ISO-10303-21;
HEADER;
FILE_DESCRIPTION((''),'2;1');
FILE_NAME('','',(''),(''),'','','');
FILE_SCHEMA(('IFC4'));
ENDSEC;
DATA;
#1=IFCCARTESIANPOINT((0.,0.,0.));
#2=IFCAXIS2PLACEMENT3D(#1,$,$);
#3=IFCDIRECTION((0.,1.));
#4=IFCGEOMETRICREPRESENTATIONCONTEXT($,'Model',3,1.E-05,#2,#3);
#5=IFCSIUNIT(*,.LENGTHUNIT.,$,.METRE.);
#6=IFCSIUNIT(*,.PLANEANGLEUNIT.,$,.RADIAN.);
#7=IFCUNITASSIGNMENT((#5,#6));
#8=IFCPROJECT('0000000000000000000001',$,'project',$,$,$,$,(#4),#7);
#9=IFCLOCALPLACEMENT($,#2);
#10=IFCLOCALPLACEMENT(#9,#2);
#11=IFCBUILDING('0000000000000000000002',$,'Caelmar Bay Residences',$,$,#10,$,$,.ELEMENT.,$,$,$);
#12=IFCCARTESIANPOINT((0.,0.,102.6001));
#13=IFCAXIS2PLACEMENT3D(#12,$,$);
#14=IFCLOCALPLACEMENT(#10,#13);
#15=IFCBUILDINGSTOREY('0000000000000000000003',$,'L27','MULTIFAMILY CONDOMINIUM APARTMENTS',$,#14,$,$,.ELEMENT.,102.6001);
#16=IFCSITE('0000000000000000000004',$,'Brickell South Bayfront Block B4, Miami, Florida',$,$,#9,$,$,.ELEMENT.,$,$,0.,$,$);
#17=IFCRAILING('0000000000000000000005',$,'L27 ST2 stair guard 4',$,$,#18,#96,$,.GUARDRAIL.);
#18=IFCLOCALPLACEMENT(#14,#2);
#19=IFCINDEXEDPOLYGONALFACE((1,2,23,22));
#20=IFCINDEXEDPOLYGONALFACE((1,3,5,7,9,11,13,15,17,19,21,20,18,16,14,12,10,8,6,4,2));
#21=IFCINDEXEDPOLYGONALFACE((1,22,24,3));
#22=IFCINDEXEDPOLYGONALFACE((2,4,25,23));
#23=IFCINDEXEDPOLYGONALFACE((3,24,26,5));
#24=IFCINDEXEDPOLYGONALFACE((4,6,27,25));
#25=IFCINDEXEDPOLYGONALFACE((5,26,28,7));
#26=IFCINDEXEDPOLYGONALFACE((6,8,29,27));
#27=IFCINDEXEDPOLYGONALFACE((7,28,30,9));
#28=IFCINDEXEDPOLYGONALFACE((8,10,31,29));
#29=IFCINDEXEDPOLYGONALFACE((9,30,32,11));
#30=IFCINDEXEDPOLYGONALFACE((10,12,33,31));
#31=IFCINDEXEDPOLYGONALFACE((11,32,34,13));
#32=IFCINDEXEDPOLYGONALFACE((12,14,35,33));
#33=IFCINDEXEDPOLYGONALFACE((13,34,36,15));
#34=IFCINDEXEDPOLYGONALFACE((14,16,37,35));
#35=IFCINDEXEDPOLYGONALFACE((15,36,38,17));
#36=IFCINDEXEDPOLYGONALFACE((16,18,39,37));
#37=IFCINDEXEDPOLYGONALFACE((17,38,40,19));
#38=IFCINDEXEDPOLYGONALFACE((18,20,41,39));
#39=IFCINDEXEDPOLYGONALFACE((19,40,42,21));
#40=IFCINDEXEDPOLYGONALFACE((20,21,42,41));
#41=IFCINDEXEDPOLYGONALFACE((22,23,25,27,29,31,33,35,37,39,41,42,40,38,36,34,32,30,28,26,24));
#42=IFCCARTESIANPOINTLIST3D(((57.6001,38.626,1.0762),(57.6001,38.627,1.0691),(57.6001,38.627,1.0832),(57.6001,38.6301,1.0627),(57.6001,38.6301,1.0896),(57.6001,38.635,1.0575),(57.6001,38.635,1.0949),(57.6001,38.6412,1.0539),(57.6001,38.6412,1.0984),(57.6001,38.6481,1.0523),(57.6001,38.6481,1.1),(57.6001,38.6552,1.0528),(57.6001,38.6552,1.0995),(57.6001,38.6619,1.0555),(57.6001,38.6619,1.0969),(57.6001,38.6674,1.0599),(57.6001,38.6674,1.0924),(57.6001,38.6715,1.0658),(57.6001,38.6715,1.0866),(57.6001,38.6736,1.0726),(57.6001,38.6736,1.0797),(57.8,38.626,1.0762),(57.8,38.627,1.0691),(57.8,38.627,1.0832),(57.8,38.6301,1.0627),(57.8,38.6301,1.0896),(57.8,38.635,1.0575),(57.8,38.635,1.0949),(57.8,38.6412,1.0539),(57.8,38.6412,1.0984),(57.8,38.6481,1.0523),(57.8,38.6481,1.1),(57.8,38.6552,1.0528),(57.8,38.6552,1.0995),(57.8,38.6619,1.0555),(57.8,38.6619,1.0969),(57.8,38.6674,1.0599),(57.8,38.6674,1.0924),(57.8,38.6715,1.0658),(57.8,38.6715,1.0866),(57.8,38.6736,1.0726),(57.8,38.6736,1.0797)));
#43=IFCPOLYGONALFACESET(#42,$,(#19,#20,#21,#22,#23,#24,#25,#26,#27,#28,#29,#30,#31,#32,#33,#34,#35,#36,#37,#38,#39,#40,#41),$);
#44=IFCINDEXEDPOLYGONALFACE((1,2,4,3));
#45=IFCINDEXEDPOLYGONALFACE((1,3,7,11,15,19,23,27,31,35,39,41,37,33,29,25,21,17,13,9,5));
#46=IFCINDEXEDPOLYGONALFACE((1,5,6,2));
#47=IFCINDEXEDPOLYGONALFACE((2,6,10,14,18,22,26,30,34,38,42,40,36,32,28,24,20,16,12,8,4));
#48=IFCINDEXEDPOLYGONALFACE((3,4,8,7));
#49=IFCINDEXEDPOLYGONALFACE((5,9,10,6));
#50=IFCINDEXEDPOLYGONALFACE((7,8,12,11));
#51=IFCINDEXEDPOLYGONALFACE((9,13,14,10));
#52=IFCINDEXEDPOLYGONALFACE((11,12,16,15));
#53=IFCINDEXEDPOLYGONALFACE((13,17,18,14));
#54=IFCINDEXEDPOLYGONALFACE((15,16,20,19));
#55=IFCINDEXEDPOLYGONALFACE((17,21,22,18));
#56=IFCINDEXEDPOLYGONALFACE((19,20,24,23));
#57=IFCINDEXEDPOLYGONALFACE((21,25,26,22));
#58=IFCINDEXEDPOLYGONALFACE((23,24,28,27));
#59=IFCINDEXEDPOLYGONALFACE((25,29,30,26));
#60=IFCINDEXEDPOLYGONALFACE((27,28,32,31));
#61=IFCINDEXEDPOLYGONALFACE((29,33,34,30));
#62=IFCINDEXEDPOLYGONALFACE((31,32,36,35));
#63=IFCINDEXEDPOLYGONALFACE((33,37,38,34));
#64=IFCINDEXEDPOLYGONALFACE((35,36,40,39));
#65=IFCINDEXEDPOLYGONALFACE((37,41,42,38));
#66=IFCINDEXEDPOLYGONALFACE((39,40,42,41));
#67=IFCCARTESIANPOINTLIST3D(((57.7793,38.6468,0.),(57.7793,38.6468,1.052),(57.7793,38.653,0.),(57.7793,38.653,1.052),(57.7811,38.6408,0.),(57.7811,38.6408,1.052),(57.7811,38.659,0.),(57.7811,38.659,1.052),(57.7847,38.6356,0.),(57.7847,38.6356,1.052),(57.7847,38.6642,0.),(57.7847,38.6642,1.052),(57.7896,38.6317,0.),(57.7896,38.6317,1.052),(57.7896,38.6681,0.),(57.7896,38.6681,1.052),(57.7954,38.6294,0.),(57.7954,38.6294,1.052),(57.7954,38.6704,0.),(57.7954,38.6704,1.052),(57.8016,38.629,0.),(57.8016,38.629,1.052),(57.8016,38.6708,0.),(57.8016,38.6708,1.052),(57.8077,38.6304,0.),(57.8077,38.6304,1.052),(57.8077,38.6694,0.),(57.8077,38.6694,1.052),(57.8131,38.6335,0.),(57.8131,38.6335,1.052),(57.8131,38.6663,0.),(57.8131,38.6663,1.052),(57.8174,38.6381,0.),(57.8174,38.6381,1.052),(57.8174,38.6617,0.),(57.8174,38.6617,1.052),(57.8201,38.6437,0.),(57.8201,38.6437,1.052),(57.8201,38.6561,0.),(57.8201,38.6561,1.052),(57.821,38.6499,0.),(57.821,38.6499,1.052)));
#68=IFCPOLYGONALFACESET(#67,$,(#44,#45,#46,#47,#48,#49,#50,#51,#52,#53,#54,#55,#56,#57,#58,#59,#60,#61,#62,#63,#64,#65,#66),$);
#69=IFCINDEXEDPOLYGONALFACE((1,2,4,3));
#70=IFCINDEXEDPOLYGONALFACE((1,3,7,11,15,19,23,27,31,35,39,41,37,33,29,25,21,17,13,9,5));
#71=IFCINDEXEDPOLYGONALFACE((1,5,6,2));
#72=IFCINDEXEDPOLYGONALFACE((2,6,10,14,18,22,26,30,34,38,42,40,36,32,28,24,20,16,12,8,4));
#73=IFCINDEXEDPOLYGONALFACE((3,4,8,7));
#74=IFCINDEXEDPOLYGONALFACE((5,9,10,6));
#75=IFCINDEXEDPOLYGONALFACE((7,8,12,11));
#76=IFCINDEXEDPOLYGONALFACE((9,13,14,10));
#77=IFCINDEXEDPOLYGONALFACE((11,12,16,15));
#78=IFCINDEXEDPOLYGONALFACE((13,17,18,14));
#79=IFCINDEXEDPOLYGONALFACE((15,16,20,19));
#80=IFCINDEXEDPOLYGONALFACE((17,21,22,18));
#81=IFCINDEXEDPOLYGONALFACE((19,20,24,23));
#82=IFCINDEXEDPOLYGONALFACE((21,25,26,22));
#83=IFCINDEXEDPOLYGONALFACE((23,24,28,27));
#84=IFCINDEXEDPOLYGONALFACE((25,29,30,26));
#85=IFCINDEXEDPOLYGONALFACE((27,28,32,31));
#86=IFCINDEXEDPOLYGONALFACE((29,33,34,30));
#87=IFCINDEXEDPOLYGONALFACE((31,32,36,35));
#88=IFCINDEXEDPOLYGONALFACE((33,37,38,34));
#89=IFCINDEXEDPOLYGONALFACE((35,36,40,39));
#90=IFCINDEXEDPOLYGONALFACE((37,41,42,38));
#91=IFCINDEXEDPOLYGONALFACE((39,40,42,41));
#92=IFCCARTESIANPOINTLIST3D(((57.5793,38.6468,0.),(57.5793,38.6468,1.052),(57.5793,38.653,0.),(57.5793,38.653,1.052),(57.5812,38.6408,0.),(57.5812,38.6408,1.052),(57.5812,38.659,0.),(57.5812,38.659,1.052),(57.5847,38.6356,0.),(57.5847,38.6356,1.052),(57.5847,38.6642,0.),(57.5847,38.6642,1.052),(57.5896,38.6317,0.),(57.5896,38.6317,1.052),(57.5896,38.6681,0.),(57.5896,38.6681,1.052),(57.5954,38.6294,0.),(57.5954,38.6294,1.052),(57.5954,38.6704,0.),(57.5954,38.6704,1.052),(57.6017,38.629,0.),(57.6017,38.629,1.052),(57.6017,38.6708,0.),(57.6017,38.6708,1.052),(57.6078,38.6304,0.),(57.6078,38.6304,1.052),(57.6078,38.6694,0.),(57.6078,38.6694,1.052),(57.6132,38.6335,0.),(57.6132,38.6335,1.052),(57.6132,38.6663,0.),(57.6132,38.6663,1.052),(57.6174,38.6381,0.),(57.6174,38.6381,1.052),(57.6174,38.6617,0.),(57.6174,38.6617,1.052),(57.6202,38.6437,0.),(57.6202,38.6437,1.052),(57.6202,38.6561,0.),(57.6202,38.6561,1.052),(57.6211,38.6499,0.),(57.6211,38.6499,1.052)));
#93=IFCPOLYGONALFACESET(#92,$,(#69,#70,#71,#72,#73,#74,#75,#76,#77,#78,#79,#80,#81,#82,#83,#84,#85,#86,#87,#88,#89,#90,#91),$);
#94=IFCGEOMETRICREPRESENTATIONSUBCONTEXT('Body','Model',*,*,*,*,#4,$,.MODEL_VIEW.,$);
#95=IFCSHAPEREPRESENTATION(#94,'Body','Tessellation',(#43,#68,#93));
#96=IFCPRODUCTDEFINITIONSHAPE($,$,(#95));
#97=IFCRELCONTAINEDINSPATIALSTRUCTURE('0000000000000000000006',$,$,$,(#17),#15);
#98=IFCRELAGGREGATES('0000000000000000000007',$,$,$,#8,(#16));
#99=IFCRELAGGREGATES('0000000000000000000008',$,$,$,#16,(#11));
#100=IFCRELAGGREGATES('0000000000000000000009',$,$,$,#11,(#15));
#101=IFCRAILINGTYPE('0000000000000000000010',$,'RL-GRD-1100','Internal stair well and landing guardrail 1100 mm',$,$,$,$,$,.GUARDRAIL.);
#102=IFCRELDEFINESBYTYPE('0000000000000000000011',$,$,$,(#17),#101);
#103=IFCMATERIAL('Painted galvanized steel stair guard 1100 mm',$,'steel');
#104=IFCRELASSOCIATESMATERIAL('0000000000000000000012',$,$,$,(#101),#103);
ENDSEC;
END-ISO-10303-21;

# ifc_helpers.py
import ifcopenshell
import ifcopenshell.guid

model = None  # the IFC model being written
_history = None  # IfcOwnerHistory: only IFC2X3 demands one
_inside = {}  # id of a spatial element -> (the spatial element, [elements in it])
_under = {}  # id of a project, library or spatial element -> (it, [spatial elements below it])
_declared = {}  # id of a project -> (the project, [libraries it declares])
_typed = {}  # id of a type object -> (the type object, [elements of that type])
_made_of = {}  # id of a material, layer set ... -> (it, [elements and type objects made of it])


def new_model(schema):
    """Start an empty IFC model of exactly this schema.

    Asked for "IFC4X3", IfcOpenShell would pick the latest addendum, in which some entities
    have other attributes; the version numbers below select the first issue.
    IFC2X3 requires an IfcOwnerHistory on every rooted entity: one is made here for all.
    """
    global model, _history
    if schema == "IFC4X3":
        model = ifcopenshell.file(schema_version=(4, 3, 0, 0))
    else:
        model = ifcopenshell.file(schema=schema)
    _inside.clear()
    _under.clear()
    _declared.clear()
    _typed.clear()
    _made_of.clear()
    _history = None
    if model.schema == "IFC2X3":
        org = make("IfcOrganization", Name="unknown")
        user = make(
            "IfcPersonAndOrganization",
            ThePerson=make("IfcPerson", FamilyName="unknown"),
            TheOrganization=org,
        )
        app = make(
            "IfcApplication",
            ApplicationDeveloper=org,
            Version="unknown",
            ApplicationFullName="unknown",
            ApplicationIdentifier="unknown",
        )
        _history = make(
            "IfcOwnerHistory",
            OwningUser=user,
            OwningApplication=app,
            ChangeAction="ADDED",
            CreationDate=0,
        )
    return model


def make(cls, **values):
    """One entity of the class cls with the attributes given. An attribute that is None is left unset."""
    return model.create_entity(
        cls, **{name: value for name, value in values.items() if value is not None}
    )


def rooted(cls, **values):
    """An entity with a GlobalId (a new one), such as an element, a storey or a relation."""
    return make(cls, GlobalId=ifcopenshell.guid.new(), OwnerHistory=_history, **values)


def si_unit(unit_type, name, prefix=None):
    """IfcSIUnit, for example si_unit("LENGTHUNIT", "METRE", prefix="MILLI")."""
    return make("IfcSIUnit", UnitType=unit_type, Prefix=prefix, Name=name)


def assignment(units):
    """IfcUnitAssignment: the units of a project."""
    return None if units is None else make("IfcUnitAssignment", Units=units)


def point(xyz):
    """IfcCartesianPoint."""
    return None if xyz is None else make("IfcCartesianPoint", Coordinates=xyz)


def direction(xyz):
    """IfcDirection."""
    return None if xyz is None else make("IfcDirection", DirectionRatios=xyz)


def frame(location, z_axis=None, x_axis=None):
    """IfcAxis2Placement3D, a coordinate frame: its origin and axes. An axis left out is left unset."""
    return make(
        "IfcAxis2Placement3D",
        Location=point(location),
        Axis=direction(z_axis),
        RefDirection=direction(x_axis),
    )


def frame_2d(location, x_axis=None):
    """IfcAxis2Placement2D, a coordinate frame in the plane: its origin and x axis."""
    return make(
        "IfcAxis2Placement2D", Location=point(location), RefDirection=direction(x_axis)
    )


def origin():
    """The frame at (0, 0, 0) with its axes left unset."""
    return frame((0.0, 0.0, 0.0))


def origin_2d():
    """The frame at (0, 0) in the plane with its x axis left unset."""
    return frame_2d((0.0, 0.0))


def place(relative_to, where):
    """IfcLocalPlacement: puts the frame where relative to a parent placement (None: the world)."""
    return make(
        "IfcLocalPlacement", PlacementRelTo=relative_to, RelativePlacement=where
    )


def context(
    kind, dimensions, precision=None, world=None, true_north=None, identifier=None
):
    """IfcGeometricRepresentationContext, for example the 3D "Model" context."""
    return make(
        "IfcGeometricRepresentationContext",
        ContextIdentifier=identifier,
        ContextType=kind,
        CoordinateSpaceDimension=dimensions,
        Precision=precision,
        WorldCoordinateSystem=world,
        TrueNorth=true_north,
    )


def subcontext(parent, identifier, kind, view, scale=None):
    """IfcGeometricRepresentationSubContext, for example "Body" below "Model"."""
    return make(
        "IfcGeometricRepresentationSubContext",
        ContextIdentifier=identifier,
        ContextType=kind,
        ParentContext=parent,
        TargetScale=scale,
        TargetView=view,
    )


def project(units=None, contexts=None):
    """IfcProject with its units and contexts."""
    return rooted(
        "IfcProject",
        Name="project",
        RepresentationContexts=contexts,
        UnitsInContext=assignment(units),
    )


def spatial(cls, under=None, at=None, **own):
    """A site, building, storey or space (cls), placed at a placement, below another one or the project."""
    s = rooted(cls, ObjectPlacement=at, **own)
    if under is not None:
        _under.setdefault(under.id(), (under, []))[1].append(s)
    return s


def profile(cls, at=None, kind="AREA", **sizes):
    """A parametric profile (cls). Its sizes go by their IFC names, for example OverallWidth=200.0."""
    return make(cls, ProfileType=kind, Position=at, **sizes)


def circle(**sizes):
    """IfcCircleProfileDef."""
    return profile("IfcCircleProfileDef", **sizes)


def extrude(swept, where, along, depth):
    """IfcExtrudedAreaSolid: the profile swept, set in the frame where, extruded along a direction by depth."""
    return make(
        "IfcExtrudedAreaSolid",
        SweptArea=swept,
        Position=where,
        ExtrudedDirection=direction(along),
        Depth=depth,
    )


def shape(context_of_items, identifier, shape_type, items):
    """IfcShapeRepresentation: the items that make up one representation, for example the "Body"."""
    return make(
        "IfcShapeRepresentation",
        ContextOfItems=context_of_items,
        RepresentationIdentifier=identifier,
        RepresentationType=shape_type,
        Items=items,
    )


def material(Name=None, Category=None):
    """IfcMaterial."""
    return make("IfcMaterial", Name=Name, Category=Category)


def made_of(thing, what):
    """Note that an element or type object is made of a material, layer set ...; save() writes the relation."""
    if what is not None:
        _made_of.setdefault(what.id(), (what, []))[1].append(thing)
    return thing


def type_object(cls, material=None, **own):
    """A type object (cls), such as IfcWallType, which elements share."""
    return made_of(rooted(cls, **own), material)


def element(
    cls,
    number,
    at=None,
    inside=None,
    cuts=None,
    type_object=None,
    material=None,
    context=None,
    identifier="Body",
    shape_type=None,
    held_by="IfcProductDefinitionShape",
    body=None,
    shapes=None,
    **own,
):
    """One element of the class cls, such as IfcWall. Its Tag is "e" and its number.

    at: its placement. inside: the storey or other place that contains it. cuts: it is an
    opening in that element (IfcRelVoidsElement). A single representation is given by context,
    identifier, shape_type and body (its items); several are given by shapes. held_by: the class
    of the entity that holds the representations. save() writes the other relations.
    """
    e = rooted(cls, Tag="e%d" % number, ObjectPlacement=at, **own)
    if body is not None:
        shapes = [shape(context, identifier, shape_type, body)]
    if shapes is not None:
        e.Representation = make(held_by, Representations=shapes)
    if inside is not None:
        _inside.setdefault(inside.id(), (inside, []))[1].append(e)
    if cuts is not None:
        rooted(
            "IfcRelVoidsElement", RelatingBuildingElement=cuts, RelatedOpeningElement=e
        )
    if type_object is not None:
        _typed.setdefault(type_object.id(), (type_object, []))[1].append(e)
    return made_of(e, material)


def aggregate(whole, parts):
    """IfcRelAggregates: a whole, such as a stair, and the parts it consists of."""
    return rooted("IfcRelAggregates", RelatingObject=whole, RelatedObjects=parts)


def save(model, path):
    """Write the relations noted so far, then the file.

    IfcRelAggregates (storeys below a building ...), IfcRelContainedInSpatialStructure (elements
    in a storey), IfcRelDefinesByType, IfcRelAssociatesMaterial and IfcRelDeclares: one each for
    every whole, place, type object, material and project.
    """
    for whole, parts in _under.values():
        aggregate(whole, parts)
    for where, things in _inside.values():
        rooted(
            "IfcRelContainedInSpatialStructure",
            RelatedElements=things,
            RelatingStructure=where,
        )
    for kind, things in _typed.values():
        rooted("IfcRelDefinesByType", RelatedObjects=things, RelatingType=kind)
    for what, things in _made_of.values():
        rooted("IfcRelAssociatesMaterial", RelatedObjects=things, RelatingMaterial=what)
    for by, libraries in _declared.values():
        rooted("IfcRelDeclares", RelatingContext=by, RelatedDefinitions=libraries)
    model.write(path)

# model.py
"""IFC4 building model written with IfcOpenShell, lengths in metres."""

from ifc_helpers import new_model, si_unit, direction, frame, origin, origin_2d, place, context, subcontext, project, spatial, circle, extrude, material, type_object, element, save


model = new_model("IFC4")

# Units and contexts
model_context = context("Model", 3, precision=1e-05, world=origin(), true_north=direction((0.0, 1.0)))
body_context = subcontext(model_context, "Body", "Model", "MODEL_VIEW")
ifc_project = project(units=[si_unit("LENGTHUNIT", "METRE"), si_unit("PLANEANGLEUNIT", "RADIAN")], contexts=[model_context])

# Site, building, storey
site_placement = place(None, origin())
site = spatial("IfcSite", under=ifc_project, at=site_placement, Name="Brickell South Bayfront Block B4, Miami, Florida", CompositionType="ELEMENT", RefElevation=0.0)
building_placement = place(site_placement, origin())
building = spatial("IfcBuilding", under=site, at=building_placement, Name="Caelmar Bay Residences", CompositionType="ELEMENT")
storey_placement = place(building_placement, frame((0.0, 0.0, 102.6001)))
storey = spatial("IfcBuildingStorey", under=building, at=storey_placement, Name="L27", Description="MULTIFAMILY CONDOMINIUM APARTMENTS", CompositionType="ELEMENT", Elevation=102.6001)

# Railing
ifc_material_1 = material(Name="Painted galvanized steel stair guard 1100 mm", Category="steel")
railing_type_1 = type_object("IfcRailingType", Name="RL-GRD-1100", Description="Internal stair well and landing guardrail 1100 mm", PredefinedType="GUARDRAIL", material=ifc_material_1)
railing_1_placement = place(storey_placement, frame((57.8, 38.6499, 0.0)))
element("IfcRailing", 1, at=railing_1_placement, inside=storey, type_object=railing_type_1, Name="L27 ST2 stair guard 4", PredefinedType="GUARDRAIL", context=body_context, shape_type="SweptSolid", body=[
    extrude(circle(Radius=0.0239, at=origin_2d()), frame((0.0, 0.0, 1.0762), z_axis=(-1.0, 0.0, 0.0), x_axis=(0.0, -1.0, 0.0)), (0.0, 0.0, 1.0), 0.2),
    extrude(circle(Radius=0.021, at=origin_2d()), origin(), (0.0, 0.0, 1.0), 1.052),
    extrude(circle(Radius=0.021, at=origin_2d()), frame((-0.2, 0.0, 0.0)), (0.0, 0.0, 1.0), 1.052),
])

save(model, "model.ifc")
